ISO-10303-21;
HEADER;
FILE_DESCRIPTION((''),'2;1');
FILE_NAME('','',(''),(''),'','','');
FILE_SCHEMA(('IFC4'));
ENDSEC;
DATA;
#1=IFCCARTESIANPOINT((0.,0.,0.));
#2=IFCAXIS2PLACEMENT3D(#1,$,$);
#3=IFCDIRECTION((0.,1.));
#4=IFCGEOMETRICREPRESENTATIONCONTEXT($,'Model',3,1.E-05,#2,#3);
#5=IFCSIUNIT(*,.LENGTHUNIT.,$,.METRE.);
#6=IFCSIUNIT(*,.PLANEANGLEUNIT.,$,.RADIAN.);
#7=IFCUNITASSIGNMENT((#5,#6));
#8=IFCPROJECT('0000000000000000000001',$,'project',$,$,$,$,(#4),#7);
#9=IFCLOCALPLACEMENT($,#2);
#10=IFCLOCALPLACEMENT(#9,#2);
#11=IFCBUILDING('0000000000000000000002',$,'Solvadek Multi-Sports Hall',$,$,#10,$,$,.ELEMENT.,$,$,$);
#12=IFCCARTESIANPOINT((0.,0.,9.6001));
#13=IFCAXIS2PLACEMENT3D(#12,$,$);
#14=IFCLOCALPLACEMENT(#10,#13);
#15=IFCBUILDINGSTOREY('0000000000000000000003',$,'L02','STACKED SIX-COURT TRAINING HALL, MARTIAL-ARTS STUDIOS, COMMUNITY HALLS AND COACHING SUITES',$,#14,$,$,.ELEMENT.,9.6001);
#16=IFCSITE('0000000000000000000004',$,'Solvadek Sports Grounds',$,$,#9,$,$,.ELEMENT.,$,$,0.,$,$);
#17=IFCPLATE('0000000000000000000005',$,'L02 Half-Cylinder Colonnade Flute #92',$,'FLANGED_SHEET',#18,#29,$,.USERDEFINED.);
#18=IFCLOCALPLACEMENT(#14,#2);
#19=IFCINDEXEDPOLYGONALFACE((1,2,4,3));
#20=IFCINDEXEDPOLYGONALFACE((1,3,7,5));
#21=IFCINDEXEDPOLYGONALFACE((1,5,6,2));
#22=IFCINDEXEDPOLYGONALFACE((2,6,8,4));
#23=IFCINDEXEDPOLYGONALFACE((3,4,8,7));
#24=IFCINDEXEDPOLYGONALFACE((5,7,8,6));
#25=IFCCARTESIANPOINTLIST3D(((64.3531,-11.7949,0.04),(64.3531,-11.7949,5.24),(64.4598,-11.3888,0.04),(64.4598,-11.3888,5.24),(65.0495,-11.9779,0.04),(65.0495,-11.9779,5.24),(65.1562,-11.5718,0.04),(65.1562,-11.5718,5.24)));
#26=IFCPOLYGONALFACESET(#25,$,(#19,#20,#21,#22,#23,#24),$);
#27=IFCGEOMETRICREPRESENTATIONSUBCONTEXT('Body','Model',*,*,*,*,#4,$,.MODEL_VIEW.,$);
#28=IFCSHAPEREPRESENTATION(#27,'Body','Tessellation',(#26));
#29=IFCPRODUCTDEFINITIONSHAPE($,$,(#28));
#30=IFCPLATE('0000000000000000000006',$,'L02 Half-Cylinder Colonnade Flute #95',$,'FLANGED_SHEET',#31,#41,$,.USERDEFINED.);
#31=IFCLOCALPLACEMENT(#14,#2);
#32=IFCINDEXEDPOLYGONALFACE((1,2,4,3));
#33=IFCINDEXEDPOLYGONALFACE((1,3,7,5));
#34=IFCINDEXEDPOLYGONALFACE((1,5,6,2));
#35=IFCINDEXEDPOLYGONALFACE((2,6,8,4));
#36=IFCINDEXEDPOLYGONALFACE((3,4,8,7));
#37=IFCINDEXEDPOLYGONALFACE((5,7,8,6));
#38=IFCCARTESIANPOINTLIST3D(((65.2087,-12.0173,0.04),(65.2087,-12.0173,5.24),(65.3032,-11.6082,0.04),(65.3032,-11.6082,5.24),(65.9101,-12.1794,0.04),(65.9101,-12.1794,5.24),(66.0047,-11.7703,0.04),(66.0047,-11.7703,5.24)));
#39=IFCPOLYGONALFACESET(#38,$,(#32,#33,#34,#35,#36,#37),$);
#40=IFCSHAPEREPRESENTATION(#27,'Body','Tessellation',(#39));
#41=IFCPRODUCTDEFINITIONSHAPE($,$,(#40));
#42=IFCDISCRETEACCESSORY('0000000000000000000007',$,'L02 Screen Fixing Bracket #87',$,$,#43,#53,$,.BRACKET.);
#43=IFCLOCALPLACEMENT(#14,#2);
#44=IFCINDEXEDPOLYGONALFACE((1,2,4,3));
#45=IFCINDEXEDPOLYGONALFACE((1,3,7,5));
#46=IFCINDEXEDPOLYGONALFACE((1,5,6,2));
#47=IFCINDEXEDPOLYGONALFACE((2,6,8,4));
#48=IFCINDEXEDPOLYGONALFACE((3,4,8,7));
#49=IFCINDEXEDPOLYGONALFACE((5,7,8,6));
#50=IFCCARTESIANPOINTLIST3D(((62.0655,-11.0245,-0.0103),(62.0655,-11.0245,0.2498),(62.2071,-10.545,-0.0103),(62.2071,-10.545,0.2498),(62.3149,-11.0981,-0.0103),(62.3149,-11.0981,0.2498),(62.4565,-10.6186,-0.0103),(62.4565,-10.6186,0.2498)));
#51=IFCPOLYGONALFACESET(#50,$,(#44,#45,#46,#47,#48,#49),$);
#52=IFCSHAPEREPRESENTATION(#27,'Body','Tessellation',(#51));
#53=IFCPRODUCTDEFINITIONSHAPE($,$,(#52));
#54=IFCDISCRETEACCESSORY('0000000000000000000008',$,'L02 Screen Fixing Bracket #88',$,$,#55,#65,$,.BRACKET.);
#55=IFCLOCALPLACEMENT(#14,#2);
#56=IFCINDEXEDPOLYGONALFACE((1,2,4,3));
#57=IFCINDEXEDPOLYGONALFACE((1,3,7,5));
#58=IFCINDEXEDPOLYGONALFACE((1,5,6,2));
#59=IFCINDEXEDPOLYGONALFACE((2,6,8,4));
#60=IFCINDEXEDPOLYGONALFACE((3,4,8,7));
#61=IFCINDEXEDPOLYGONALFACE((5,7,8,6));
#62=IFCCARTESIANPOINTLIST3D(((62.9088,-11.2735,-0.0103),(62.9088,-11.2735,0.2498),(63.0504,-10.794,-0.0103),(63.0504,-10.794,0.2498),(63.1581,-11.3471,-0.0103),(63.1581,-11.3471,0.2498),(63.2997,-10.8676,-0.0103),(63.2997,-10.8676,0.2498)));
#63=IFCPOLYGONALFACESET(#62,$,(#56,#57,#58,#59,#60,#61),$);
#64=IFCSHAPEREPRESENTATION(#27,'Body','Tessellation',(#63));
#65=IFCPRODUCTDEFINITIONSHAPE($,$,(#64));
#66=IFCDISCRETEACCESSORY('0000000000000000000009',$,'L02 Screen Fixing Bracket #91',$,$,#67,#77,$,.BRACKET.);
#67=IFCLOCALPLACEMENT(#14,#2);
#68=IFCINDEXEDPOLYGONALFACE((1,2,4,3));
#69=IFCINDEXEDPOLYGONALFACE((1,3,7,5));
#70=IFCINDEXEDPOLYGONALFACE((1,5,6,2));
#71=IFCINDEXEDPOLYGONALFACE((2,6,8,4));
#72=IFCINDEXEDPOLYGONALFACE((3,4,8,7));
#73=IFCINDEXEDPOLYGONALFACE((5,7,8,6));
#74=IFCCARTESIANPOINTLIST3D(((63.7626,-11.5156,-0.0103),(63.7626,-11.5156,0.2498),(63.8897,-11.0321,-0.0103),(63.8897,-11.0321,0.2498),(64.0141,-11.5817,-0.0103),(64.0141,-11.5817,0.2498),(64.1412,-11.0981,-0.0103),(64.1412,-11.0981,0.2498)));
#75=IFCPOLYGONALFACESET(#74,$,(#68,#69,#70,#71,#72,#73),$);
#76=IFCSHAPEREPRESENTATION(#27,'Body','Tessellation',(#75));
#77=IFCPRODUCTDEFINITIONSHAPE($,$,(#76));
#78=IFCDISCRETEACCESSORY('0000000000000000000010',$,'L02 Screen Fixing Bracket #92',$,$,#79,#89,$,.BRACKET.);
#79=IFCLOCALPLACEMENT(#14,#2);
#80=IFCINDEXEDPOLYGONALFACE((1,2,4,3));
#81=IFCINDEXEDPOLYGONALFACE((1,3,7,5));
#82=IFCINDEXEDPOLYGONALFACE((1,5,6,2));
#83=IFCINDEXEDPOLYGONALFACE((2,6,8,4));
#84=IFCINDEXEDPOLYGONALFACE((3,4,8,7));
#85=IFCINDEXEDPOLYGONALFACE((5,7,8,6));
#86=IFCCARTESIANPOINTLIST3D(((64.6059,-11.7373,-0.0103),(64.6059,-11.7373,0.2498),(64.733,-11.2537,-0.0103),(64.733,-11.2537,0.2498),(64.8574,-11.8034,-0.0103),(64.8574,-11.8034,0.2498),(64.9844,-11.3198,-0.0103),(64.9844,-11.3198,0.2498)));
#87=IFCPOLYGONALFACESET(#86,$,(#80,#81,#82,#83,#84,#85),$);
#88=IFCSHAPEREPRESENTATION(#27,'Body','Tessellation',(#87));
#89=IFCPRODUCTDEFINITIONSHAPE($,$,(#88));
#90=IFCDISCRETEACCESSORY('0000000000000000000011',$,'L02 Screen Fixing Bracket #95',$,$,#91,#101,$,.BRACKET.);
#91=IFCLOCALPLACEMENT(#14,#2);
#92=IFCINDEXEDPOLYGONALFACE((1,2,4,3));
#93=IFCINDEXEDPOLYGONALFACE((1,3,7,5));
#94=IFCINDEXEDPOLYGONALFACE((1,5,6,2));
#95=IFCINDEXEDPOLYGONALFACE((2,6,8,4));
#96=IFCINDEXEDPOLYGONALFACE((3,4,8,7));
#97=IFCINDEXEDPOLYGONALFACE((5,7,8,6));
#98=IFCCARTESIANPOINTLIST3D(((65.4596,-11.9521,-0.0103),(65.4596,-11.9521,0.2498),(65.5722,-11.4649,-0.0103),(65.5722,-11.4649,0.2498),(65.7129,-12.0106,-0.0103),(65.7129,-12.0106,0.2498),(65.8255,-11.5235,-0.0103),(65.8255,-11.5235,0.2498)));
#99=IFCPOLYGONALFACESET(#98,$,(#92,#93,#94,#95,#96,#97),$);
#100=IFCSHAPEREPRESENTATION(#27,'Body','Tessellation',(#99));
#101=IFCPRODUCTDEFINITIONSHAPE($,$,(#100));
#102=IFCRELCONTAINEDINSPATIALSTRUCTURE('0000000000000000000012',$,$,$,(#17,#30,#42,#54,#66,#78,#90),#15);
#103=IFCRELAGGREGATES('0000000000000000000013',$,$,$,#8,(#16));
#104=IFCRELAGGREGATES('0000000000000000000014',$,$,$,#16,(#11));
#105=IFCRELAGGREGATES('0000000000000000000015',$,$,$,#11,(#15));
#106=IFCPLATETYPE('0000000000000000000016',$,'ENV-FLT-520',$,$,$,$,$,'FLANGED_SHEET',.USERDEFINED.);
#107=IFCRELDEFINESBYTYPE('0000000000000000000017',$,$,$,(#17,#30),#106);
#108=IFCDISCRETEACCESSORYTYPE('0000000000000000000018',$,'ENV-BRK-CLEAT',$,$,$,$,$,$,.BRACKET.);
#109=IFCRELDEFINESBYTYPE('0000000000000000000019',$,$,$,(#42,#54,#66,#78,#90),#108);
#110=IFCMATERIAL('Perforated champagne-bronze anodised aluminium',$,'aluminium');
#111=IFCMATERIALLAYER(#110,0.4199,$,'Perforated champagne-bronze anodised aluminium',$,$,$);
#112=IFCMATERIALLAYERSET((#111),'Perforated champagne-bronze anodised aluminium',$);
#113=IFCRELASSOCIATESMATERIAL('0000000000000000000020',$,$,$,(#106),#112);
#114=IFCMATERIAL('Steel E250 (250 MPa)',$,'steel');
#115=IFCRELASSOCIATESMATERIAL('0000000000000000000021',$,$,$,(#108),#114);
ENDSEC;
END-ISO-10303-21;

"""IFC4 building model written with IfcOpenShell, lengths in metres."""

from ifc_helpers import new_model, si_unit, direction, frame, origin, origin_2d, place, context, subcontext, project, spatial, rectangle, extrude, material, layer, layer_set, type_object, element, save


model = new_model("IFC4")

# Units and contexts
model_context = context("Model", 3, precision=1e-05, world=origin(), true_north=direction((0.0, 1.0)))
body_context = subcontext(model_context, "Body", "Model", "MODEL_VIEW")
ifc_project = project(units=[si_unit("LENGTHUNIT", "METRE"), si_unit("PLANEANGLEUNIT", "RADIAN")], contexts=[model_context])

# Site, building, storey
site_placement = place(None, origin())
site = spatial("IfcSite", under=ifc_project, at=site_placement, Name="Solvadek Sports Grounds", CompositionType="ELEMENT", RefElevation=0.0)
building_placement = place(site_placement, origin())
building = spatial("IfcBuilding", under=site, at=building_placement, Name="Solvadek Multi-Sports Hall", CompositionType="ELEMENT")
storey_placement = place(building_placement, frame((0.0, 0.0, 9.6001)))
storey = spatial("IfcBuildingStorey", under=building, at=storey_placement, Name="L02", Description="STACKED SIX-COURT TRAINING HALL, MARTIAL-ARTS STUDIOS, COMMUNITY HALLS AND COACHING SUITES", CompositionType="ELEMENT", Elevation=9.6001)

# Shared definitions
ifc_material_1 = material(Name="Steel E250 (250 MPa)", Category="steel")

# Plates
ifc_material_2 = material(Name="Perforated champagne-bronze anodised aluminium", Category="aluminium")
ifc_layer_1 = layer(ifc_material_2, 0.4199, Name="Perforated champagne-bronze anodised aluminium")
ifc_layer_set_1 = layer_set([ifc_layer_1], Name="Perforated champagne-bronze anodised aluminium")
plate_type_1 = type_object("IfcPlateType", Name="ENV-FLT-520", ElementType="FLANGED_SHEET", PredefinedType="USERDEFINED", material=ifc_layer_set_1)
for number, where, z_axis, x_axis, name in (
    (1, (64.7546, -11.6833, 0.04), (0.0, 0.0, 1.0), (0.967173, -0.254121, 0.0), "L02 Half-Cylinder Colonnade Flute #92"),
    (2, (65.6067, -11.8938, 0.04), (0.0, 0.0, 1.0), (0.974313, -0.225197, 0.0), "L02 Half-Cylinder Colonnade Flute #95"),
):
    element("IfcPlate", number, at=place(storey_placement, frame(where, z_axis=z_axis, x_axis=x_axis)), inside=storey, type_object=plate_type_1, Name=name, ObjectType="FLANGED_SHEET", PredefinedType="USERDEFINED", context=body_context, shape_type="SweptSolid", body=[
        extrude(rectangle(XDim=0.72, YDim=0.4199, at=origin_2d()), origin(), (0.0, 0.0, 1.0), 5.2),
    ])

# Discrete accessories
discrete_accessory_type = type_object("IfcDiscreteAccessoryType", Name="ENV-BRK-CLEAT", PredefinedType="BRACKET", material=ifc_material_1)
for number, where, z_axis, x_axis, name in (
    (3, (62.261, -10.8215, -0.0103), (0.0, 0.0, 1.0), (0.959064, -0.283188, 0.0), "L02 Screen Fixing Bracket #87"),
    (4, (63.1042, -11.0706, -0.0103), (0.0, 0.0, 1.0), (0.959064, -0.283188, 0.0), "L02 Screen Fixing Bracket #88"),
    (5, (63.9519, -11.3069, -0.0103), (0.0, 0.0, 1.0), (0.967173, -0.254121, 0.0), "L02 Screen Fixing Bracket #91"),
    (6, (64.7952, -11.5286, -0.0103), (0.0, 0.0, 1.0), (0.967173, -0.254121, 0.0), "L02 Screen Fixing Bracket #92"),
    (7, (65.6426, -11.7378, -0.0103), (0.0, 0.0, 1.0), (0.974313, -0.225197, 0.0), "L02 Screen Fixing Bracket #95"),
):
    element("IfcDiscreteAccessory", number, at=place(storey_placement, frame(where, z_axis=z_axis, x_axis=x_axis)), inside=storey, type_object=discrete_accessory_type, Name=name, PredefinedType="BRACKET", context=body_context, shape_type="SweptSolid", body=[
        extrude(rectangle(XDim=0.26, YDim=0.5, at=origin_2d()), origin(), (0.0, 0.0, 1.0), 0.26),
    ])

save(model, "model.ifc")
